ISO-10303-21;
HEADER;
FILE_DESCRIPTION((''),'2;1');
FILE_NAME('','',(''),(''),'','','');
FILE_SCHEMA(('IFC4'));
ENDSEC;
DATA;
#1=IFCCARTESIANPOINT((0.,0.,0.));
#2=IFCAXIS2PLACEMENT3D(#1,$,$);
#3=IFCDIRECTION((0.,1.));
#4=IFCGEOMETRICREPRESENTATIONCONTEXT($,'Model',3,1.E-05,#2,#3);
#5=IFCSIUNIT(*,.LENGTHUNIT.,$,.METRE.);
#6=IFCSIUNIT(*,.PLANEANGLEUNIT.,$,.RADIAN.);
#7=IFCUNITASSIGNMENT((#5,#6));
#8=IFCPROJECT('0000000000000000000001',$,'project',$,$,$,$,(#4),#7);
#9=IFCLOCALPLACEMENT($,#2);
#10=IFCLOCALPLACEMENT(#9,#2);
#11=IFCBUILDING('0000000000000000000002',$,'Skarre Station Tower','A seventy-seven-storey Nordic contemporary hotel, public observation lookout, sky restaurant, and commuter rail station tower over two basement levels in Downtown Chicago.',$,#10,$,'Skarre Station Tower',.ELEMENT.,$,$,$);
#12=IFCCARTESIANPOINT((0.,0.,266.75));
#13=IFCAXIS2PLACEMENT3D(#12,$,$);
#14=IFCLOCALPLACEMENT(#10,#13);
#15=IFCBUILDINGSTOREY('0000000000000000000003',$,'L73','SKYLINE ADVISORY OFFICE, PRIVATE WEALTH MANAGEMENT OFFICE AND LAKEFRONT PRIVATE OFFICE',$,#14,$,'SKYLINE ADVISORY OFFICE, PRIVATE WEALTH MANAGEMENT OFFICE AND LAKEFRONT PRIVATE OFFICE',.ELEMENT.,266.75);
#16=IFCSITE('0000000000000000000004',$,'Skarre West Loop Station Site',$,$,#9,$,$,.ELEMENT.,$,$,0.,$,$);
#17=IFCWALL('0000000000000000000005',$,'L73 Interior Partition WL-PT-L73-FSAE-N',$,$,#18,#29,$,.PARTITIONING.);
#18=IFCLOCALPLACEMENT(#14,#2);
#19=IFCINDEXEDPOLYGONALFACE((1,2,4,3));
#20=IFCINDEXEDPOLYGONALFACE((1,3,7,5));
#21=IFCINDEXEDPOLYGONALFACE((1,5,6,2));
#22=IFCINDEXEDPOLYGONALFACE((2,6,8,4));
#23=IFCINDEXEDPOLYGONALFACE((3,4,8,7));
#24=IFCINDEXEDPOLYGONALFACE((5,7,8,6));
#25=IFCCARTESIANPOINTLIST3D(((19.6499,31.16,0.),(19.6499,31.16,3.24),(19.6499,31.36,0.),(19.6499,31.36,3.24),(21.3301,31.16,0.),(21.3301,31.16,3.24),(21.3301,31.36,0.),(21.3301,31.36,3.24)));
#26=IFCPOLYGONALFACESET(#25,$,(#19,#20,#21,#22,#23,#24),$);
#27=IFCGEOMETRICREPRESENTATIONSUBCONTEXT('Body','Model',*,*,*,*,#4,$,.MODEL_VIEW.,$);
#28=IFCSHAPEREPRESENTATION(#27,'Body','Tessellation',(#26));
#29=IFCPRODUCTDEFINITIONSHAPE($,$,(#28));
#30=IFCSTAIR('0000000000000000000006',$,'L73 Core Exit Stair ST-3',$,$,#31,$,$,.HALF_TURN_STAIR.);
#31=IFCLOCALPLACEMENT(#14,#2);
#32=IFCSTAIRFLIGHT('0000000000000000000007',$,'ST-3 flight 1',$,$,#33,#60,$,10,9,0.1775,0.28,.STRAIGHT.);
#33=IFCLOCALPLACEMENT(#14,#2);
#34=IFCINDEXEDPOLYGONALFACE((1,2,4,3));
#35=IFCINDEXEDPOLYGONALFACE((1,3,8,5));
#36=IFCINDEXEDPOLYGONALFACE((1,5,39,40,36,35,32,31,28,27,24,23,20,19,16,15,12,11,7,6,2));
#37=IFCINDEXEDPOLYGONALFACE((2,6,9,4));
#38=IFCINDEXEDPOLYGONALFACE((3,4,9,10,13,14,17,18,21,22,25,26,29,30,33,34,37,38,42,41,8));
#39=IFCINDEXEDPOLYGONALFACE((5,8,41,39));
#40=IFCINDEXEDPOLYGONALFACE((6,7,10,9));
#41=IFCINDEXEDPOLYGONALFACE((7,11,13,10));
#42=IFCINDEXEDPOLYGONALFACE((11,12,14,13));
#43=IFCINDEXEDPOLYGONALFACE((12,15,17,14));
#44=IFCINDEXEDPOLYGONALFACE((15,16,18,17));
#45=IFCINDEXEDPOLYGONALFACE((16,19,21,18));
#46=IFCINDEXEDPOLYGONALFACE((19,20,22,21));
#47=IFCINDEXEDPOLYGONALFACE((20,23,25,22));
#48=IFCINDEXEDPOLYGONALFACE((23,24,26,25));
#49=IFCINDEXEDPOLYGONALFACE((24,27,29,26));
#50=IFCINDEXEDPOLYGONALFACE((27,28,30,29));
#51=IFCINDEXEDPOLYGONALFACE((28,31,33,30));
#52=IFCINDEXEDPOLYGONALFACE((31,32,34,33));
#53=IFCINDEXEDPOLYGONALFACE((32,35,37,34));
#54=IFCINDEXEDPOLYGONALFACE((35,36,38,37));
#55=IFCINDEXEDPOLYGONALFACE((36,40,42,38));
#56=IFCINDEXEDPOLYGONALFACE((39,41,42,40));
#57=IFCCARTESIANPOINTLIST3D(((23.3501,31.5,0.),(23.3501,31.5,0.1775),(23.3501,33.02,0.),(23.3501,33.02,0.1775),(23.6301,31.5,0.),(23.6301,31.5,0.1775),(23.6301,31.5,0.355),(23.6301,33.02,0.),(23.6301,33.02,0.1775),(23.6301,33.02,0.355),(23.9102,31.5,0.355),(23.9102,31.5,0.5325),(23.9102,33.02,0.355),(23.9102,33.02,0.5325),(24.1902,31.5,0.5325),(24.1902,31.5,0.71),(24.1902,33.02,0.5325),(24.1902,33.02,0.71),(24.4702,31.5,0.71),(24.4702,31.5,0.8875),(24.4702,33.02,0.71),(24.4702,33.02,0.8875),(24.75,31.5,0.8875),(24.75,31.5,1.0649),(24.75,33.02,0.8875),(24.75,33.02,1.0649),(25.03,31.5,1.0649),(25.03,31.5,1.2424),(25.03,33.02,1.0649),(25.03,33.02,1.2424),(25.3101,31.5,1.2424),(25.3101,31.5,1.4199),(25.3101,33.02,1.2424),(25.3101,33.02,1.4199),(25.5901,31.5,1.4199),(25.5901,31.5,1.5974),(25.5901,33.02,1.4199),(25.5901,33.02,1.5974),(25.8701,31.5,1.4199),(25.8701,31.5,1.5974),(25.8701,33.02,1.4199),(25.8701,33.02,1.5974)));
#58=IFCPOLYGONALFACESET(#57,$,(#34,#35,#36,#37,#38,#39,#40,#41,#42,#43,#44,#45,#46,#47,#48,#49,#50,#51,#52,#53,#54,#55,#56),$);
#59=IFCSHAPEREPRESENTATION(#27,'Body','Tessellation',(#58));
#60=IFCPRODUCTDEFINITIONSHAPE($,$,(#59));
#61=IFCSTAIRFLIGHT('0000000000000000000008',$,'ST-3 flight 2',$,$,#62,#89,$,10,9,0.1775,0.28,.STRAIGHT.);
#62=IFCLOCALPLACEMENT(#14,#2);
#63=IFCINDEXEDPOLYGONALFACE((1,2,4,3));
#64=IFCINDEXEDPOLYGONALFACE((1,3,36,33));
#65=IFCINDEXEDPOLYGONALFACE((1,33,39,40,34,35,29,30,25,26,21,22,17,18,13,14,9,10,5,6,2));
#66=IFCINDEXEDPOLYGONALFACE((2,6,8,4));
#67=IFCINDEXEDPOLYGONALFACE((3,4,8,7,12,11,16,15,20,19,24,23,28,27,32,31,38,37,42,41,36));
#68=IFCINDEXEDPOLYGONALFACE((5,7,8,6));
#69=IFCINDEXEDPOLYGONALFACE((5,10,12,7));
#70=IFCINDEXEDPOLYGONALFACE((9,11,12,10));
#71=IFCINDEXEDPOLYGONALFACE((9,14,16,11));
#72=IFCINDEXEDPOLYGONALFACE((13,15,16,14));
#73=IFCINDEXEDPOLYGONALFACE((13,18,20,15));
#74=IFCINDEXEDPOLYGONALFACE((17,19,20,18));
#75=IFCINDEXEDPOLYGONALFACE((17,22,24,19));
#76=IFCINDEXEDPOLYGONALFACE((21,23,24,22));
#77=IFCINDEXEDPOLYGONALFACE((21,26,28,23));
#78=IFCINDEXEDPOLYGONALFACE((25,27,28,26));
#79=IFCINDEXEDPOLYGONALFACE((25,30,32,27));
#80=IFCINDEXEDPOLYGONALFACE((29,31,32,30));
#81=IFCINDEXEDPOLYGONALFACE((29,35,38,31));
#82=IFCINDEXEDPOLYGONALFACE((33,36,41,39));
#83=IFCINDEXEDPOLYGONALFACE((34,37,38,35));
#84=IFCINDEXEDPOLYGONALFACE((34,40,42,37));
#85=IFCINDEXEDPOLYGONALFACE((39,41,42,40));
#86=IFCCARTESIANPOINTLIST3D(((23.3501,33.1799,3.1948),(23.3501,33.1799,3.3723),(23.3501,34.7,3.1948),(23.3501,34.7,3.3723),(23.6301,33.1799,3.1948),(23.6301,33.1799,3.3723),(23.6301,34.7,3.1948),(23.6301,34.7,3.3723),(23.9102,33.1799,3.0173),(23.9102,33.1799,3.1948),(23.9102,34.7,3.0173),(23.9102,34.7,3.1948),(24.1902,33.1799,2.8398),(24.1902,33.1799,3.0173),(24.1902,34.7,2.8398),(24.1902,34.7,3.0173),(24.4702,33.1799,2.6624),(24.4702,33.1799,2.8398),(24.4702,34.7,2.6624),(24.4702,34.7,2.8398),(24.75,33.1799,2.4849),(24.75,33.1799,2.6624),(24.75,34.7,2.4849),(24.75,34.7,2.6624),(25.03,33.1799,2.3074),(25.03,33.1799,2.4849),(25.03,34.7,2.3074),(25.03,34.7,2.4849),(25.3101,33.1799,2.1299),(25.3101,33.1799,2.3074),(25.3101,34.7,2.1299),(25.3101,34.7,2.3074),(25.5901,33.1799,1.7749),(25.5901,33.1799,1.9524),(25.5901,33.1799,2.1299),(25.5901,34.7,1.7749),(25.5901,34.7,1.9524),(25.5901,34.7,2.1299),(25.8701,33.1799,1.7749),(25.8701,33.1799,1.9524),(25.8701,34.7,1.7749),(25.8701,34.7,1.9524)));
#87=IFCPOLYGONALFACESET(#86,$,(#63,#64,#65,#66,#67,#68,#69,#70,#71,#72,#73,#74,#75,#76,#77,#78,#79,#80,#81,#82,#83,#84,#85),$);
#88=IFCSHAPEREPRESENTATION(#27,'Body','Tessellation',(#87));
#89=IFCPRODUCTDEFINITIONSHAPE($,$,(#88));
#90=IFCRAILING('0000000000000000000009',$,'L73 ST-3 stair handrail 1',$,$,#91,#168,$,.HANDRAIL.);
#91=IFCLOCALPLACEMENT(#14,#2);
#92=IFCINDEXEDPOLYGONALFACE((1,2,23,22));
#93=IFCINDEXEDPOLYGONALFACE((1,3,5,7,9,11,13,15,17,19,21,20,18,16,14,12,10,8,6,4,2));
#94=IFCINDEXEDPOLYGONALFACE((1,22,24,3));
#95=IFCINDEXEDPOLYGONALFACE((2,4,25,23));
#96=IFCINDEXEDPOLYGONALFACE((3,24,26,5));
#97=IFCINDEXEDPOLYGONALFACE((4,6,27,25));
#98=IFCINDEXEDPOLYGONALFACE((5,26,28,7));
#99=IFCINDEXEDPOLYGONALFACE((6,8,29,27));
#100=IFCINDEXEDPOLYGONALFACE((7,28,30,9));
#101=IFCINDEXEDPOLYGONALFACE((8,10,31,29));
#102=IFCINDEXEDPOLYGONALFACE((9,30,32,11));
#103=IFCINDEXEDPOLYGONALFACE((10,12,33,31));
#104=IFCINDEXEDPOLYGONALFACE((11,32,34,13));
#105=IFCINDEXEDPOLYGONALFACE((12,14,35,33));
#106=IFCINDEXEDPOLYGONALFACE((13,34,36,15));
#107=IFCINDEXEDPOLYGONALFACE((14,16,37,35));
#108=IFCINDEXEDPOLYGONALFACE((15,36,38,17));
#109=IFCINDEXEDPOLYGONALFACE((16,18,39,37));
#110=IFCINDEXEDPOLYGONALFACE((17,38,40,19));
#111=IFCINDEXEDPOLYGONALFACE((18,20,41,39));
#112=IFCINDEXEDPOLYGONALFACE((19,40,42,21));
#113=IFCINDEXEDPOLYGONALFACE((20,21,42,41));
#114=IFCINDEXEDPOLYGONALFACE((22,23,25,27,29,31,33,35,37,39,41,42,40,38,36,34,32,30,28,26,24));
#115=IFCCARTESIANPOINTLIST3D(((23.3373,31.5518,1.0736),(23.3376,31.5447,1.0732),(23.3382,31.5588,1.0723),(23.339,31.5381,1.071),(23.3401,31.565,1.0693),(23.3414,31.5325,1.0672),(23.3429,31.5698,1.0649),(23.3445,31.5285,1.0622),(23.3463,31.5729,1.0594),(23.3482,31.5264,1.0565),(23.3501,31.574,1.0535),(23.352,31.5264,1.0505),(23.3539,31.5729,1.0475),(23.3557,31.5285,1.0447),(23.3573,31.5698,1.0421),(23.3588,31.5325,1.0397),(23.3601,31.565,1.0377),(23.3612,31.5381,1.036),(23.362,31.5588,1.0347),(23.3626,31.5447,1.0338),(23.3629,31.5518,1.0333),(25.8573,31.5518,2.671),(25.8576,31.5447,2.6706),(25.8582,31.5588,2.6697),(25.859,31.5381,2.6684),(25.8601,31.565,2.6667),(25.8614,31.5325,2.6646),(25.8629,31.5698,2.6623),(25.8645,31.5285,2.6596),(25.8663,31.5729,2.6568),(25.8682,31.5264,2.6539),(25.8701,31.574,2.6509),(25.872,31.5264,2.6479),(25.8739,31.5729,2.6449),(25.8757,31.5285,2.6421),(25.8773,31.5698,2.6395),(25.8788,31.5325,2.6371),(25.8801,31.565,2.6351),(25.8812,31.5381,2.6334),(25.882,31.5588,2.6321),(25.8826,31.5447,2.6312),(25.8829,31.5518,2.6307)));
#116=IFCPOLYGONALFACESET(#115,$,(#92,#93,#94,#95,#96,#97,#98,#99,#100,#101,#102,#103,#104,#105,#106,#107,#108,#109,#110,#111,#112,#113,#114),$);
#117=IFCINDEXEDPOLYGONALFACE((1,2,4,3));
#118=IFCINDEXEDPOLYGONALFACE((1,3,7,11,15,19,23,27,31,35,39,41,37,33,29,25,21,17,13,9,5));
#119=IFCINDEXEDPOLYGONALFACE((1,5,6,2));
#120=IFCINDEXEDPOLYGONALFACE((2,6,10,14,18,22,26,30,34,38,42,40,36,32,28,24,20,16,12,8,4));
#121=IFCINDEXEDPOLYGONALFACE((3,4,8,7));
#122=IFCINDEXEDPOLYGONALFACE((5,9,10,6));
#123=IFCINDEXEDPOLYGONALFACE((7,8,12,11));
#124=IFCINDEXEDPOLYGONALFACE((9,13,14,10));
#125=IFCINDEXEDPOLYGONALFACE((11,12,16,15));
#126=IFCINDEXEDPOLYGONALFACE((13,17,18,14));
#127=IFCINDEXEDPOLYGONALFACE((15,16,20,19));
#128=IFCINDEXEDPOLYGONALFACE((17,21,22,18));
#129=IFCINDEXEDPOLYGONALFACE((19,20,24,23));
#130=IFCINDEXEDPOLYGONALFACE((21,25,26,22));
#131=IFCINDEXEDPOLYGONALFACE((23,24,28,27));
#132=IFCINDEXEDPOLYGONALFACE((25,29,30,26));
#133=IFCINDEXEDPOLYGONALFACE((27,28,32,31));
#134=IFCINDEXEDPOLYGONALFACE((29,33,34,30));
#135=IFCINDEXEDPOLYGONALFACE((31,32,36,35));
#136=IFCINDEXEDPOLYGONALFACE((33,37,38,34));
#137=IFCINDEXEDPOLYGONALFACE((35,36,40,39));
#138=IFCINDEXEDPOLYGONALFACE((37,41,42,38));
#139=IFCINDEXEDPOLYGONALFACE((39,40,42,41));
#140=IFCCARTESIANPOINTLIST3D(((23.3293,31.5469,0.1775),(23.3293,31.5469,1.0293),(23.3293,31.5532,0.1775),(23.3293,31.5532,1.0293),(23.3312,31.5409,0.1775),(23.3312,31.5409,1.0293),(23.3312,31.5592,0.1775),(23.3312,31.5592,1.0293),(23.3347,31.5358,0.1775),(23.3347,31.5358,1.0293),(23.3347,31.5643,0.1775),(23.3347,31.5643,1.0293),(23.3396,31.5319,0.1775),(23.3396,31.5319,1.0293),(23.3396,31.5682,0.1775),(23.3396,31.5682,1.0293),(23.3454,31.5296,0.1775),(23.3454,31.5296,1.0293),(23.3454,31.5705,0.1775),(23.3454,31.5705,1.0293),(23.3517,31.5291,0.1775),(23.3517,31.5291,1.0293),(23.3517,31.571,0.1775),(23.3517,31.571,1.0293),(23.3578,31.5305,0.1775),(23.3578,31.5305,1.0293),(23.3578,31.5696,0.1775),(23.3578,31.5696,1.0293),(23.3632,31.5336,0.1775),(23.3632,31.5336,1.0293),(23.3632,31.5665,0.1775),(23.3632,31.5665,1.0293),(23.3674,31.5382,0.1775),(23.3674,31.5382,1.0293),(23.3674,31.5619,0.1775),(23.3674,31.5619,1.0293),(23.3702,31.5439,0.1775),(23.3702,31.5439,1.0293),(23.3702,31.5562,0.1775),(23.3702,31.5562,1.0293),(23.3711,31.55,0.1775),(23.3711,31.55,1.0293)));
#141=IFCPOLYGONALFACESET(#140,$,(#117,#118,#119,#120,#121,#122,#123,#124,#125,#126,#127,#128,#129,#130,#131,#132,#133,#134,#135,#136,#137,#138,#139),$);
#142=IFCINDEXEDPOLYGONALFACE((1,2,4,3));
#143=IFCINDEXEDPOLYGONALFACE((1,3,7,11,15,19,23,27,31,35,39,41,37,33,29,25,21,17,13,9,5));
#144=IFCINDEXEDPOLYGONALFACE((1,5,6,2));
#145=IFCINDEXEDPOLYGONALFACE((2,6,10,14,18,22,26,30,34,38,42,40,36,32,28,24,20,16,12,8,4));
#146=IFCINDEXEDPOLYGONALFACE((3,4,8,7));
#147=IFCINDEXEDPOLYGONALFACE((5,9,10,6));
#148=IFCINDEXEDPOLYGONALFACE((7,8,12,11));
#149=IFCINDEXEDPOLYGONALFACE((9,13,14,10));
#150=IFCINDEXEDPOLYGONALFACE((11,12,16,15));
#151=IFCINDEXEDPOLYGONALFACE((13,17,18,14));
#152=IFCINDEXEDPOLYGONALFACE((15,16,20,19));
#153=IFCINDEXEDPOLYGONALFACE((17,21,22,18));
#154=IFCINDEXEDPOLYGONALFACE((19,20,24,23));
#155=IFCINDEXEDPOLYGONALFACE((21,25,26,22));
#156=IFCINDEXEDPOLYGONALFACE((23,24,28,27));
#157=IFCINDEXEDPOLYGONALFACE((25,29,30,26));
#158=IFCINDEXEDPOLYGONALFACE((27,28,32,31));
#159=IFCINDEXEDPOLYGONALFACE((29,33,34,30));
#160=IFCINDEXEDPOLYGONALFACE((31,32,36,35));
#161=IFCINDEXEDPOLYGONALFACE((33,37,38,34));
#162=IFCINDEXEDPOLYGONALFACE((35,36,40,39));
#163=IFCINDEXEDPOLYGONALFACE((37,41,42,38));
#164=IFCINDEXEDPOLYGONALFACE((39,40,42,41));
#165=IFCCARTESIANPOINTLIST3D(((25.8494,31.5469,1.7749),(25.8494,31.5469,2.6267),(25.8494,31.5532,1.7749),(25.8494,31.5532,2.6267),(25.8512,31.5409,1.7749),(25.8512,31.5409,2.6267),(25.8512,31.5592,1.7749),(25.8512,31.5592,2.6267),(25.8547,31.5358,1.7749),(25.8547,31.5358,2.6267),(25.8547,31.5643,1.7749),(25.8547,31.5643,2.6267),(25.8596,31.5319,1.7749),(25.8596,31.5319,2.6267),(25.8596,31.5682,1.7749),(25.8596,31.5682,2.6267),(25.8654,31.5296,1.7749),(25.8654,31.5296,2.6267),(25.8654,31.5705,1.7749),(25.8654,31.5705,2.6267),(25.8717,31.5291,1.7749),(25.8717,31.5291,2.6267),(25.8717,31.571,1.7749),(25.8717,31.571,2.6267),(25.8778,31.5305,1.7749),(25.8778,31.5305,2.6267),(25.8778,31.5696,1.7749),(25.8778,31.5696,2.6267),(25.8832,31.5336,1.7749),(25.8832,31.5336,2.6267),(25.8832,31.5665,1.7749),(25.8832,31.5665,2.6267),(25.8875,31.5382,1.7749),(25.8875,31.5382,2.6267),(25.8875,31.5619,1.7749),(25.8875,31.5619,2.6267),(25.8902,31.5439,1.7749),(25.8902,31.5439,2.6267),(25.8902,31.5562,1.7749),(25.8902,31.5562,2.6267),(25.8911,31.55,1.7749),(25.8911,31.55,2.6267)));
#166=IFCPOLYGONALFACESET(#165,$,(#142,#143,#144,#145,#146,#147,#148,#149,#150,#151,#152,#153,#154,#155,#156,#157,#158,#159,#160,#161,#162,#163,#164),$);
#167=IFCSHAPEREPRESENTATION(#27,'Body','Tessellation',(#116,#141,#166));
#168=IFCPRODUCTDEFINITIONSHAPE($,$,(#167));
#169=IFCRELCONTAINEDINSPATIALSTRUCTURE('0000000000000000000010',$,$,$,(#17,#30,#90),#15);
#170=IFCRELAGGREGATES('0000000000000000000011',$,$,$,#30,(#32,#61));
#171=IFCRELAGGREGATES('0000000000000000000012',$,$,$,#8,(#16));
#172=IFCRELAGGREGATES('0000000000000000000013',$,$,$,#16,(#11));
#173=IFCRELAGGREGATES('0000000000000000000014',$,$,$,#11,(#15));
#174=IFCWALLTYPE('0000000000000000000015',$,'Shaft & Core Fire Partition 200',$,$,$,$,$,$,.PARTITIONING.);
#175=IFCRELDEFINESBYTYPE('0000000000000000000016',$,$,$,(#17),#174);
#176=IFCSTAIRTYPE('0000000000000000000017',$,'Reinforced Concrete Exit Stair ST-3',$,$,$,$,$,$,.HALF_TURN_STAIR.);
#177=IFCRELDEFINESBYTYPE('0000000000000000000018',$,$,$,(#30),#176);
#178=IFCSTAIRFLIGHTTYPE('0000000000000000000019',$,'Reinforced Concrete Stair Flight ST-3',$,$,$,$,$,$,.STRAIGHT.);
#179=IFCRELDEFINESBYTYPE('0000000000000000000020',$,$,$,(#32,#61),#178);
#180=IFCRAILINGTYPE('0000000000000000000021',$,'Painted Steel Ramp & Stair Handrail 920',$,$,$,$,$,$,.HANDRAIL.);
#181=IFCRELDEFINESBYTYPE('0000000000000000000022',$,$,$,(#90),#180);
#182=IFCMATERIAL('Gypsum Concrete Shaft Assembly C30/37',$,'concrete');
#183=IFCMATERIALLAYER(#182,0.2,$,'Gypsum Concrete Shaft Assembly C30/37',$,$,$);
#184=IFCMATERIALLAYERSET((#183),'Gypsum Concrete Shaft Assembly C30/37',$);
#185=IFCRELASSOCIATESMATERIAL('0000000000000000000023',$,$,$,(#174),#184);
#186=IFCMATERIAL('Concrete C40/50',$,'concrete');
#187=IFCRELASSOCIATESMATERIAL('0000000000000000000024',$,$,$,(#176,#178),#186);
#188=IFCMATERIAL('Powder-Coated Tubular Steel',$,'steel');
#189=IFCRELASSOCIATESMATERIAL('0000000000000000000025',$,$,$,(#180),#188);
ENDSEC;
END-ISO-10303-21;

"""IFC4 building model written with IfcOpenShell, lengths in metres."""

from ifc_helpers import new_model, si_unit, direction, frame, frame_2d, origin, origin_2d, place, context, subcontext, project, spatial, polyline, rectangle, circle, outline, extrude, material, layer, layer_set, type_object, element, aggregate, save


model = new_model("IFC4")

# Units and contexts
model_context = context("Model", 3, precision=1e-05, world=origin(), true_north=direction((0.0, 1.0)))
body_context = subcontext(model_context, "Body", "Model", "MODEL_VIEW")
ifc_project = project(units=[si_unit("LENGTHUNIT", "METRE"), si_unit("PLANEANGLEUNIT", "RADIAN")], contexts=[model_context])

# Site, building, storey
site_placement = place(None, origin())
site = spatial("IfcSite", under=ifc_project, at=site_placement, Name="Skarre West Loop Station Site", CompositionType="ELEMENT", RefElevation=0.0)
building_placement = place(site_placement, origin())
building = spatial("IfcBuilding", under=site, at=building_placement, Name="Skarre Station Tower", Description="A seventy-seven-storey Nordic contemporary hotel, public observation lookout, sky restaurant, and commuter rail station tower over two basement levels in Downtown Chicago.", LongName="Skarre Station Tower", CompositionType="ELEMENT")
storey_placement = place(building_placement, frame((0.0, 0.0, 266.75)))
storey = spatial("IfcBuildingStorey", under=building, at=storey_placement, Name="L73", Description="SKYLINE ADVISORY OFFICE, PRIVATE WEALTH MANAGEMENT OFFICE AND LAKEFRONT PRIVATE OFFICE", LongName="SKYLINE ADVISORY OFFICE, PRIVATE WEALTH MANAGEMENT OFFICE AND LAKEFRONT PRIVATE OFFICE", CompositionType="ELEMENT", Elevation=266.75)

# Wall
ifc_material_1 = material(Name="Gypsum Concrete Shaft Assembly C30/37", Category="concrete")
ifc_layer_1 = layer(ifc_material_1, 0.2, Name="Gypsum Concrete Shaft Assembly C30/37")
ifc_layer_set_1 = layer_set([ifc_layer_1], Name="Gypsum Concrete Shaft Assembly C30/37")
wall_type_1 = type_object("IfcWallType", Name="Shaft & Core Fire Partition 200", PredefinedType="PARTITIONING", material=ifc_layer_set_1)
wall_1_placement = place(storey_placement, frame((21.3301, 31.26, 0.0), z_axis=(0.0, 0.0, 1.0), x_axis=(-1.0, 0.0, 0.0)))
element("IfcWall", 1, at=wall_1_placement, inside=storey, type_object=wall_type_1, Name="L73 Interior Partition WL-PT-L73-FSAE-N", PredefinedType="PARTITIONING", context=body_context, shape_type="SweptSolid", body=[
    extrude(rectangle(XDim=1.6802, YDim=0.2, at=frame_2d((0.8401, 0.0))), origin(), (0.0, 0.0, 1.0), 3.24),
])

# Stair, stair flights
ifc_material_2 = material(Name="Concrete C40/50", Category="concrete")
stair_type = type_object("IfcStairType", Name="Reinforced Concrete Exit Stair ST-3", PredefinedType="HALF_TURN_STAIR", material=ifc_material_2)
stair_placement = place(storey_placement, origin())
stair = element("IfcStair", 2, at=stair_placement, inside=storey, type_object=stair_type, Name="L73 Core Exit Stair ST-3", PredefinedType="HALF_TURN_STAIR")
stair_flight_type = type_object("IfcStairFlightType", Name="Reinforced Concrete Stair Flight ST-3", PredefinedType="STRAIGHT", material=ifc_material_2)
stair_flight_1_placement = place(storey_placement, frame((23.3501, 32.26, 0.0), z_axis=(0.0, 0.0, 1.0), x_axis=(1.0, 0.0, 0.0)))
stair_flight_1 = element("IfcStairFlight", 3, at=stair_flight_1_placement, type_object=stair_flight_type, Name="ST-3 flight 1", NumberOfRisers=10, NumberOfTreads=9, PredefinedType="STRAIGHT", RiserHeight=0.1775, TreadLength=0.28, context=body_context, shape_type="SweptSolid", body=[
    extrude(outline(polyline([(0.0, 0.0), (0.0, 0.1775), (0.28, 0.1775), (0.28, 0.355), (0.5601, 0.355), (0.5601, 0.5325), (0.8401, 0.5325), (0.8401, 0.71), (1.1201, 0.71), (1.1201, 0.8875), (1.3999, 0.8875), (1.3999, 1.0649), (1.6799, 1.0649), (1.6799, 1.2424), (1.96, 1.2424), (1.96, 1.4199), (2.24, 1.4199), (2.24, 1.5974), (2.52, 1.5974), (2.52, 1.7749), (2.52, 1.4199), (0.28, 0.0), (0.0, 0.0)])), frame((0.0, 0.76, 0.0), z_axis=(0.0, -1.0, 0.0), x_axis=(1.0, 0.0, 0.0)), (0.0, 0.0, 1.0), 1.52),
])
stair_flight_2_placement = place(storey_placement, frame((25.8701, 33.9399, 1.7749), z_axis=(0.0, 0.0, 1.0), x_axis=(-1.0, 0.0, 0.0)))
stair_flight_2 = element("IfcStairFlight", 4, at=stair_flight_2_placement, type_object=stair_flight_type, Name="ST-3 flight 2", NumberOfRisers=10, NumberOfTreads=9, PredefinedType="STRAIGHT", RiserHeight=0.1775, TreadLength=0.28, context=body_context, shape_type="SweptSolid", body=[
    extrude(outline(polyline([(0.0, 0.0), (0.0, 0.1775), (0.28, 0.1775), (0.28, 0.355), (0.5601, 0.355), (0.5601, 0.5325), (0.8401, 0.5325), (0.8401, 0.71), (1.1201, 0.71), (1.1201, 0.8875), (1.3999, 0.8875), (1.3999, 1.0649), (1.6799, 1.0649), (1.6799, 1.2424), (1.96, 1.2424), (1.96, 1.4199), (2.24, 1.4199), (2.24, 1.5974), (2.52, 1.5974), (2.52, 1.7749), (2.52, 1.4199), (0.28, 0.0), (0.0, 0.0)])), frame((0.0, 0.76, 0.0), z_axis=(0.0, -1.0, 0.0), x_axis=(1.0, 0.0, 0.0)), (0.0, 0.0, 1.0), 1.52),
])
aggregate(stair, [stair_flight_1, stair_flight_2])

# Railing
ifc_material_3 = material(Name="Powder-Coated Tubular Steel", Category="steel")
railing_type_1 = type_object("IfcRailingType", Name="Painted Steel Ramp & Stair Handrail 920", PredefinedType="HANDRAIL", material=ifc_material_3)
railing_1_placement = place(storey_placement, frame((23.3501, 31.55, 0.1775)))
element("IfcRailing", 5, at=railing_1_placement, inside=storey, type_object=railing_type_1, Name="L73 ST-3 stair handrail 1", PredefinedType="HANDRAIL", context=body_context, shape_type="SweptSolid", body=[
    extrude(circle(Radius=0.0239, at=origin_2d()), frame((0.0, 0.0, 0.876), z_axis=(0.844607, 0.0, 0.535387), x_axis=(0.0, 1.0, 0.0)), (0.0, 0.0, 1.0), 2.9836),
    extrude(circle(Radius=0.021, at=origin_2d()), origin(), (0.0, 0.0, 1.0), 0.8518),
    extrude(circle(Radius=0.021, at=origin_2d()), frame((2.52, 0.0, 1.5974)), (0.0, 0.0, 1.0), 0.8518),
])

save(model, "model.ifc")
